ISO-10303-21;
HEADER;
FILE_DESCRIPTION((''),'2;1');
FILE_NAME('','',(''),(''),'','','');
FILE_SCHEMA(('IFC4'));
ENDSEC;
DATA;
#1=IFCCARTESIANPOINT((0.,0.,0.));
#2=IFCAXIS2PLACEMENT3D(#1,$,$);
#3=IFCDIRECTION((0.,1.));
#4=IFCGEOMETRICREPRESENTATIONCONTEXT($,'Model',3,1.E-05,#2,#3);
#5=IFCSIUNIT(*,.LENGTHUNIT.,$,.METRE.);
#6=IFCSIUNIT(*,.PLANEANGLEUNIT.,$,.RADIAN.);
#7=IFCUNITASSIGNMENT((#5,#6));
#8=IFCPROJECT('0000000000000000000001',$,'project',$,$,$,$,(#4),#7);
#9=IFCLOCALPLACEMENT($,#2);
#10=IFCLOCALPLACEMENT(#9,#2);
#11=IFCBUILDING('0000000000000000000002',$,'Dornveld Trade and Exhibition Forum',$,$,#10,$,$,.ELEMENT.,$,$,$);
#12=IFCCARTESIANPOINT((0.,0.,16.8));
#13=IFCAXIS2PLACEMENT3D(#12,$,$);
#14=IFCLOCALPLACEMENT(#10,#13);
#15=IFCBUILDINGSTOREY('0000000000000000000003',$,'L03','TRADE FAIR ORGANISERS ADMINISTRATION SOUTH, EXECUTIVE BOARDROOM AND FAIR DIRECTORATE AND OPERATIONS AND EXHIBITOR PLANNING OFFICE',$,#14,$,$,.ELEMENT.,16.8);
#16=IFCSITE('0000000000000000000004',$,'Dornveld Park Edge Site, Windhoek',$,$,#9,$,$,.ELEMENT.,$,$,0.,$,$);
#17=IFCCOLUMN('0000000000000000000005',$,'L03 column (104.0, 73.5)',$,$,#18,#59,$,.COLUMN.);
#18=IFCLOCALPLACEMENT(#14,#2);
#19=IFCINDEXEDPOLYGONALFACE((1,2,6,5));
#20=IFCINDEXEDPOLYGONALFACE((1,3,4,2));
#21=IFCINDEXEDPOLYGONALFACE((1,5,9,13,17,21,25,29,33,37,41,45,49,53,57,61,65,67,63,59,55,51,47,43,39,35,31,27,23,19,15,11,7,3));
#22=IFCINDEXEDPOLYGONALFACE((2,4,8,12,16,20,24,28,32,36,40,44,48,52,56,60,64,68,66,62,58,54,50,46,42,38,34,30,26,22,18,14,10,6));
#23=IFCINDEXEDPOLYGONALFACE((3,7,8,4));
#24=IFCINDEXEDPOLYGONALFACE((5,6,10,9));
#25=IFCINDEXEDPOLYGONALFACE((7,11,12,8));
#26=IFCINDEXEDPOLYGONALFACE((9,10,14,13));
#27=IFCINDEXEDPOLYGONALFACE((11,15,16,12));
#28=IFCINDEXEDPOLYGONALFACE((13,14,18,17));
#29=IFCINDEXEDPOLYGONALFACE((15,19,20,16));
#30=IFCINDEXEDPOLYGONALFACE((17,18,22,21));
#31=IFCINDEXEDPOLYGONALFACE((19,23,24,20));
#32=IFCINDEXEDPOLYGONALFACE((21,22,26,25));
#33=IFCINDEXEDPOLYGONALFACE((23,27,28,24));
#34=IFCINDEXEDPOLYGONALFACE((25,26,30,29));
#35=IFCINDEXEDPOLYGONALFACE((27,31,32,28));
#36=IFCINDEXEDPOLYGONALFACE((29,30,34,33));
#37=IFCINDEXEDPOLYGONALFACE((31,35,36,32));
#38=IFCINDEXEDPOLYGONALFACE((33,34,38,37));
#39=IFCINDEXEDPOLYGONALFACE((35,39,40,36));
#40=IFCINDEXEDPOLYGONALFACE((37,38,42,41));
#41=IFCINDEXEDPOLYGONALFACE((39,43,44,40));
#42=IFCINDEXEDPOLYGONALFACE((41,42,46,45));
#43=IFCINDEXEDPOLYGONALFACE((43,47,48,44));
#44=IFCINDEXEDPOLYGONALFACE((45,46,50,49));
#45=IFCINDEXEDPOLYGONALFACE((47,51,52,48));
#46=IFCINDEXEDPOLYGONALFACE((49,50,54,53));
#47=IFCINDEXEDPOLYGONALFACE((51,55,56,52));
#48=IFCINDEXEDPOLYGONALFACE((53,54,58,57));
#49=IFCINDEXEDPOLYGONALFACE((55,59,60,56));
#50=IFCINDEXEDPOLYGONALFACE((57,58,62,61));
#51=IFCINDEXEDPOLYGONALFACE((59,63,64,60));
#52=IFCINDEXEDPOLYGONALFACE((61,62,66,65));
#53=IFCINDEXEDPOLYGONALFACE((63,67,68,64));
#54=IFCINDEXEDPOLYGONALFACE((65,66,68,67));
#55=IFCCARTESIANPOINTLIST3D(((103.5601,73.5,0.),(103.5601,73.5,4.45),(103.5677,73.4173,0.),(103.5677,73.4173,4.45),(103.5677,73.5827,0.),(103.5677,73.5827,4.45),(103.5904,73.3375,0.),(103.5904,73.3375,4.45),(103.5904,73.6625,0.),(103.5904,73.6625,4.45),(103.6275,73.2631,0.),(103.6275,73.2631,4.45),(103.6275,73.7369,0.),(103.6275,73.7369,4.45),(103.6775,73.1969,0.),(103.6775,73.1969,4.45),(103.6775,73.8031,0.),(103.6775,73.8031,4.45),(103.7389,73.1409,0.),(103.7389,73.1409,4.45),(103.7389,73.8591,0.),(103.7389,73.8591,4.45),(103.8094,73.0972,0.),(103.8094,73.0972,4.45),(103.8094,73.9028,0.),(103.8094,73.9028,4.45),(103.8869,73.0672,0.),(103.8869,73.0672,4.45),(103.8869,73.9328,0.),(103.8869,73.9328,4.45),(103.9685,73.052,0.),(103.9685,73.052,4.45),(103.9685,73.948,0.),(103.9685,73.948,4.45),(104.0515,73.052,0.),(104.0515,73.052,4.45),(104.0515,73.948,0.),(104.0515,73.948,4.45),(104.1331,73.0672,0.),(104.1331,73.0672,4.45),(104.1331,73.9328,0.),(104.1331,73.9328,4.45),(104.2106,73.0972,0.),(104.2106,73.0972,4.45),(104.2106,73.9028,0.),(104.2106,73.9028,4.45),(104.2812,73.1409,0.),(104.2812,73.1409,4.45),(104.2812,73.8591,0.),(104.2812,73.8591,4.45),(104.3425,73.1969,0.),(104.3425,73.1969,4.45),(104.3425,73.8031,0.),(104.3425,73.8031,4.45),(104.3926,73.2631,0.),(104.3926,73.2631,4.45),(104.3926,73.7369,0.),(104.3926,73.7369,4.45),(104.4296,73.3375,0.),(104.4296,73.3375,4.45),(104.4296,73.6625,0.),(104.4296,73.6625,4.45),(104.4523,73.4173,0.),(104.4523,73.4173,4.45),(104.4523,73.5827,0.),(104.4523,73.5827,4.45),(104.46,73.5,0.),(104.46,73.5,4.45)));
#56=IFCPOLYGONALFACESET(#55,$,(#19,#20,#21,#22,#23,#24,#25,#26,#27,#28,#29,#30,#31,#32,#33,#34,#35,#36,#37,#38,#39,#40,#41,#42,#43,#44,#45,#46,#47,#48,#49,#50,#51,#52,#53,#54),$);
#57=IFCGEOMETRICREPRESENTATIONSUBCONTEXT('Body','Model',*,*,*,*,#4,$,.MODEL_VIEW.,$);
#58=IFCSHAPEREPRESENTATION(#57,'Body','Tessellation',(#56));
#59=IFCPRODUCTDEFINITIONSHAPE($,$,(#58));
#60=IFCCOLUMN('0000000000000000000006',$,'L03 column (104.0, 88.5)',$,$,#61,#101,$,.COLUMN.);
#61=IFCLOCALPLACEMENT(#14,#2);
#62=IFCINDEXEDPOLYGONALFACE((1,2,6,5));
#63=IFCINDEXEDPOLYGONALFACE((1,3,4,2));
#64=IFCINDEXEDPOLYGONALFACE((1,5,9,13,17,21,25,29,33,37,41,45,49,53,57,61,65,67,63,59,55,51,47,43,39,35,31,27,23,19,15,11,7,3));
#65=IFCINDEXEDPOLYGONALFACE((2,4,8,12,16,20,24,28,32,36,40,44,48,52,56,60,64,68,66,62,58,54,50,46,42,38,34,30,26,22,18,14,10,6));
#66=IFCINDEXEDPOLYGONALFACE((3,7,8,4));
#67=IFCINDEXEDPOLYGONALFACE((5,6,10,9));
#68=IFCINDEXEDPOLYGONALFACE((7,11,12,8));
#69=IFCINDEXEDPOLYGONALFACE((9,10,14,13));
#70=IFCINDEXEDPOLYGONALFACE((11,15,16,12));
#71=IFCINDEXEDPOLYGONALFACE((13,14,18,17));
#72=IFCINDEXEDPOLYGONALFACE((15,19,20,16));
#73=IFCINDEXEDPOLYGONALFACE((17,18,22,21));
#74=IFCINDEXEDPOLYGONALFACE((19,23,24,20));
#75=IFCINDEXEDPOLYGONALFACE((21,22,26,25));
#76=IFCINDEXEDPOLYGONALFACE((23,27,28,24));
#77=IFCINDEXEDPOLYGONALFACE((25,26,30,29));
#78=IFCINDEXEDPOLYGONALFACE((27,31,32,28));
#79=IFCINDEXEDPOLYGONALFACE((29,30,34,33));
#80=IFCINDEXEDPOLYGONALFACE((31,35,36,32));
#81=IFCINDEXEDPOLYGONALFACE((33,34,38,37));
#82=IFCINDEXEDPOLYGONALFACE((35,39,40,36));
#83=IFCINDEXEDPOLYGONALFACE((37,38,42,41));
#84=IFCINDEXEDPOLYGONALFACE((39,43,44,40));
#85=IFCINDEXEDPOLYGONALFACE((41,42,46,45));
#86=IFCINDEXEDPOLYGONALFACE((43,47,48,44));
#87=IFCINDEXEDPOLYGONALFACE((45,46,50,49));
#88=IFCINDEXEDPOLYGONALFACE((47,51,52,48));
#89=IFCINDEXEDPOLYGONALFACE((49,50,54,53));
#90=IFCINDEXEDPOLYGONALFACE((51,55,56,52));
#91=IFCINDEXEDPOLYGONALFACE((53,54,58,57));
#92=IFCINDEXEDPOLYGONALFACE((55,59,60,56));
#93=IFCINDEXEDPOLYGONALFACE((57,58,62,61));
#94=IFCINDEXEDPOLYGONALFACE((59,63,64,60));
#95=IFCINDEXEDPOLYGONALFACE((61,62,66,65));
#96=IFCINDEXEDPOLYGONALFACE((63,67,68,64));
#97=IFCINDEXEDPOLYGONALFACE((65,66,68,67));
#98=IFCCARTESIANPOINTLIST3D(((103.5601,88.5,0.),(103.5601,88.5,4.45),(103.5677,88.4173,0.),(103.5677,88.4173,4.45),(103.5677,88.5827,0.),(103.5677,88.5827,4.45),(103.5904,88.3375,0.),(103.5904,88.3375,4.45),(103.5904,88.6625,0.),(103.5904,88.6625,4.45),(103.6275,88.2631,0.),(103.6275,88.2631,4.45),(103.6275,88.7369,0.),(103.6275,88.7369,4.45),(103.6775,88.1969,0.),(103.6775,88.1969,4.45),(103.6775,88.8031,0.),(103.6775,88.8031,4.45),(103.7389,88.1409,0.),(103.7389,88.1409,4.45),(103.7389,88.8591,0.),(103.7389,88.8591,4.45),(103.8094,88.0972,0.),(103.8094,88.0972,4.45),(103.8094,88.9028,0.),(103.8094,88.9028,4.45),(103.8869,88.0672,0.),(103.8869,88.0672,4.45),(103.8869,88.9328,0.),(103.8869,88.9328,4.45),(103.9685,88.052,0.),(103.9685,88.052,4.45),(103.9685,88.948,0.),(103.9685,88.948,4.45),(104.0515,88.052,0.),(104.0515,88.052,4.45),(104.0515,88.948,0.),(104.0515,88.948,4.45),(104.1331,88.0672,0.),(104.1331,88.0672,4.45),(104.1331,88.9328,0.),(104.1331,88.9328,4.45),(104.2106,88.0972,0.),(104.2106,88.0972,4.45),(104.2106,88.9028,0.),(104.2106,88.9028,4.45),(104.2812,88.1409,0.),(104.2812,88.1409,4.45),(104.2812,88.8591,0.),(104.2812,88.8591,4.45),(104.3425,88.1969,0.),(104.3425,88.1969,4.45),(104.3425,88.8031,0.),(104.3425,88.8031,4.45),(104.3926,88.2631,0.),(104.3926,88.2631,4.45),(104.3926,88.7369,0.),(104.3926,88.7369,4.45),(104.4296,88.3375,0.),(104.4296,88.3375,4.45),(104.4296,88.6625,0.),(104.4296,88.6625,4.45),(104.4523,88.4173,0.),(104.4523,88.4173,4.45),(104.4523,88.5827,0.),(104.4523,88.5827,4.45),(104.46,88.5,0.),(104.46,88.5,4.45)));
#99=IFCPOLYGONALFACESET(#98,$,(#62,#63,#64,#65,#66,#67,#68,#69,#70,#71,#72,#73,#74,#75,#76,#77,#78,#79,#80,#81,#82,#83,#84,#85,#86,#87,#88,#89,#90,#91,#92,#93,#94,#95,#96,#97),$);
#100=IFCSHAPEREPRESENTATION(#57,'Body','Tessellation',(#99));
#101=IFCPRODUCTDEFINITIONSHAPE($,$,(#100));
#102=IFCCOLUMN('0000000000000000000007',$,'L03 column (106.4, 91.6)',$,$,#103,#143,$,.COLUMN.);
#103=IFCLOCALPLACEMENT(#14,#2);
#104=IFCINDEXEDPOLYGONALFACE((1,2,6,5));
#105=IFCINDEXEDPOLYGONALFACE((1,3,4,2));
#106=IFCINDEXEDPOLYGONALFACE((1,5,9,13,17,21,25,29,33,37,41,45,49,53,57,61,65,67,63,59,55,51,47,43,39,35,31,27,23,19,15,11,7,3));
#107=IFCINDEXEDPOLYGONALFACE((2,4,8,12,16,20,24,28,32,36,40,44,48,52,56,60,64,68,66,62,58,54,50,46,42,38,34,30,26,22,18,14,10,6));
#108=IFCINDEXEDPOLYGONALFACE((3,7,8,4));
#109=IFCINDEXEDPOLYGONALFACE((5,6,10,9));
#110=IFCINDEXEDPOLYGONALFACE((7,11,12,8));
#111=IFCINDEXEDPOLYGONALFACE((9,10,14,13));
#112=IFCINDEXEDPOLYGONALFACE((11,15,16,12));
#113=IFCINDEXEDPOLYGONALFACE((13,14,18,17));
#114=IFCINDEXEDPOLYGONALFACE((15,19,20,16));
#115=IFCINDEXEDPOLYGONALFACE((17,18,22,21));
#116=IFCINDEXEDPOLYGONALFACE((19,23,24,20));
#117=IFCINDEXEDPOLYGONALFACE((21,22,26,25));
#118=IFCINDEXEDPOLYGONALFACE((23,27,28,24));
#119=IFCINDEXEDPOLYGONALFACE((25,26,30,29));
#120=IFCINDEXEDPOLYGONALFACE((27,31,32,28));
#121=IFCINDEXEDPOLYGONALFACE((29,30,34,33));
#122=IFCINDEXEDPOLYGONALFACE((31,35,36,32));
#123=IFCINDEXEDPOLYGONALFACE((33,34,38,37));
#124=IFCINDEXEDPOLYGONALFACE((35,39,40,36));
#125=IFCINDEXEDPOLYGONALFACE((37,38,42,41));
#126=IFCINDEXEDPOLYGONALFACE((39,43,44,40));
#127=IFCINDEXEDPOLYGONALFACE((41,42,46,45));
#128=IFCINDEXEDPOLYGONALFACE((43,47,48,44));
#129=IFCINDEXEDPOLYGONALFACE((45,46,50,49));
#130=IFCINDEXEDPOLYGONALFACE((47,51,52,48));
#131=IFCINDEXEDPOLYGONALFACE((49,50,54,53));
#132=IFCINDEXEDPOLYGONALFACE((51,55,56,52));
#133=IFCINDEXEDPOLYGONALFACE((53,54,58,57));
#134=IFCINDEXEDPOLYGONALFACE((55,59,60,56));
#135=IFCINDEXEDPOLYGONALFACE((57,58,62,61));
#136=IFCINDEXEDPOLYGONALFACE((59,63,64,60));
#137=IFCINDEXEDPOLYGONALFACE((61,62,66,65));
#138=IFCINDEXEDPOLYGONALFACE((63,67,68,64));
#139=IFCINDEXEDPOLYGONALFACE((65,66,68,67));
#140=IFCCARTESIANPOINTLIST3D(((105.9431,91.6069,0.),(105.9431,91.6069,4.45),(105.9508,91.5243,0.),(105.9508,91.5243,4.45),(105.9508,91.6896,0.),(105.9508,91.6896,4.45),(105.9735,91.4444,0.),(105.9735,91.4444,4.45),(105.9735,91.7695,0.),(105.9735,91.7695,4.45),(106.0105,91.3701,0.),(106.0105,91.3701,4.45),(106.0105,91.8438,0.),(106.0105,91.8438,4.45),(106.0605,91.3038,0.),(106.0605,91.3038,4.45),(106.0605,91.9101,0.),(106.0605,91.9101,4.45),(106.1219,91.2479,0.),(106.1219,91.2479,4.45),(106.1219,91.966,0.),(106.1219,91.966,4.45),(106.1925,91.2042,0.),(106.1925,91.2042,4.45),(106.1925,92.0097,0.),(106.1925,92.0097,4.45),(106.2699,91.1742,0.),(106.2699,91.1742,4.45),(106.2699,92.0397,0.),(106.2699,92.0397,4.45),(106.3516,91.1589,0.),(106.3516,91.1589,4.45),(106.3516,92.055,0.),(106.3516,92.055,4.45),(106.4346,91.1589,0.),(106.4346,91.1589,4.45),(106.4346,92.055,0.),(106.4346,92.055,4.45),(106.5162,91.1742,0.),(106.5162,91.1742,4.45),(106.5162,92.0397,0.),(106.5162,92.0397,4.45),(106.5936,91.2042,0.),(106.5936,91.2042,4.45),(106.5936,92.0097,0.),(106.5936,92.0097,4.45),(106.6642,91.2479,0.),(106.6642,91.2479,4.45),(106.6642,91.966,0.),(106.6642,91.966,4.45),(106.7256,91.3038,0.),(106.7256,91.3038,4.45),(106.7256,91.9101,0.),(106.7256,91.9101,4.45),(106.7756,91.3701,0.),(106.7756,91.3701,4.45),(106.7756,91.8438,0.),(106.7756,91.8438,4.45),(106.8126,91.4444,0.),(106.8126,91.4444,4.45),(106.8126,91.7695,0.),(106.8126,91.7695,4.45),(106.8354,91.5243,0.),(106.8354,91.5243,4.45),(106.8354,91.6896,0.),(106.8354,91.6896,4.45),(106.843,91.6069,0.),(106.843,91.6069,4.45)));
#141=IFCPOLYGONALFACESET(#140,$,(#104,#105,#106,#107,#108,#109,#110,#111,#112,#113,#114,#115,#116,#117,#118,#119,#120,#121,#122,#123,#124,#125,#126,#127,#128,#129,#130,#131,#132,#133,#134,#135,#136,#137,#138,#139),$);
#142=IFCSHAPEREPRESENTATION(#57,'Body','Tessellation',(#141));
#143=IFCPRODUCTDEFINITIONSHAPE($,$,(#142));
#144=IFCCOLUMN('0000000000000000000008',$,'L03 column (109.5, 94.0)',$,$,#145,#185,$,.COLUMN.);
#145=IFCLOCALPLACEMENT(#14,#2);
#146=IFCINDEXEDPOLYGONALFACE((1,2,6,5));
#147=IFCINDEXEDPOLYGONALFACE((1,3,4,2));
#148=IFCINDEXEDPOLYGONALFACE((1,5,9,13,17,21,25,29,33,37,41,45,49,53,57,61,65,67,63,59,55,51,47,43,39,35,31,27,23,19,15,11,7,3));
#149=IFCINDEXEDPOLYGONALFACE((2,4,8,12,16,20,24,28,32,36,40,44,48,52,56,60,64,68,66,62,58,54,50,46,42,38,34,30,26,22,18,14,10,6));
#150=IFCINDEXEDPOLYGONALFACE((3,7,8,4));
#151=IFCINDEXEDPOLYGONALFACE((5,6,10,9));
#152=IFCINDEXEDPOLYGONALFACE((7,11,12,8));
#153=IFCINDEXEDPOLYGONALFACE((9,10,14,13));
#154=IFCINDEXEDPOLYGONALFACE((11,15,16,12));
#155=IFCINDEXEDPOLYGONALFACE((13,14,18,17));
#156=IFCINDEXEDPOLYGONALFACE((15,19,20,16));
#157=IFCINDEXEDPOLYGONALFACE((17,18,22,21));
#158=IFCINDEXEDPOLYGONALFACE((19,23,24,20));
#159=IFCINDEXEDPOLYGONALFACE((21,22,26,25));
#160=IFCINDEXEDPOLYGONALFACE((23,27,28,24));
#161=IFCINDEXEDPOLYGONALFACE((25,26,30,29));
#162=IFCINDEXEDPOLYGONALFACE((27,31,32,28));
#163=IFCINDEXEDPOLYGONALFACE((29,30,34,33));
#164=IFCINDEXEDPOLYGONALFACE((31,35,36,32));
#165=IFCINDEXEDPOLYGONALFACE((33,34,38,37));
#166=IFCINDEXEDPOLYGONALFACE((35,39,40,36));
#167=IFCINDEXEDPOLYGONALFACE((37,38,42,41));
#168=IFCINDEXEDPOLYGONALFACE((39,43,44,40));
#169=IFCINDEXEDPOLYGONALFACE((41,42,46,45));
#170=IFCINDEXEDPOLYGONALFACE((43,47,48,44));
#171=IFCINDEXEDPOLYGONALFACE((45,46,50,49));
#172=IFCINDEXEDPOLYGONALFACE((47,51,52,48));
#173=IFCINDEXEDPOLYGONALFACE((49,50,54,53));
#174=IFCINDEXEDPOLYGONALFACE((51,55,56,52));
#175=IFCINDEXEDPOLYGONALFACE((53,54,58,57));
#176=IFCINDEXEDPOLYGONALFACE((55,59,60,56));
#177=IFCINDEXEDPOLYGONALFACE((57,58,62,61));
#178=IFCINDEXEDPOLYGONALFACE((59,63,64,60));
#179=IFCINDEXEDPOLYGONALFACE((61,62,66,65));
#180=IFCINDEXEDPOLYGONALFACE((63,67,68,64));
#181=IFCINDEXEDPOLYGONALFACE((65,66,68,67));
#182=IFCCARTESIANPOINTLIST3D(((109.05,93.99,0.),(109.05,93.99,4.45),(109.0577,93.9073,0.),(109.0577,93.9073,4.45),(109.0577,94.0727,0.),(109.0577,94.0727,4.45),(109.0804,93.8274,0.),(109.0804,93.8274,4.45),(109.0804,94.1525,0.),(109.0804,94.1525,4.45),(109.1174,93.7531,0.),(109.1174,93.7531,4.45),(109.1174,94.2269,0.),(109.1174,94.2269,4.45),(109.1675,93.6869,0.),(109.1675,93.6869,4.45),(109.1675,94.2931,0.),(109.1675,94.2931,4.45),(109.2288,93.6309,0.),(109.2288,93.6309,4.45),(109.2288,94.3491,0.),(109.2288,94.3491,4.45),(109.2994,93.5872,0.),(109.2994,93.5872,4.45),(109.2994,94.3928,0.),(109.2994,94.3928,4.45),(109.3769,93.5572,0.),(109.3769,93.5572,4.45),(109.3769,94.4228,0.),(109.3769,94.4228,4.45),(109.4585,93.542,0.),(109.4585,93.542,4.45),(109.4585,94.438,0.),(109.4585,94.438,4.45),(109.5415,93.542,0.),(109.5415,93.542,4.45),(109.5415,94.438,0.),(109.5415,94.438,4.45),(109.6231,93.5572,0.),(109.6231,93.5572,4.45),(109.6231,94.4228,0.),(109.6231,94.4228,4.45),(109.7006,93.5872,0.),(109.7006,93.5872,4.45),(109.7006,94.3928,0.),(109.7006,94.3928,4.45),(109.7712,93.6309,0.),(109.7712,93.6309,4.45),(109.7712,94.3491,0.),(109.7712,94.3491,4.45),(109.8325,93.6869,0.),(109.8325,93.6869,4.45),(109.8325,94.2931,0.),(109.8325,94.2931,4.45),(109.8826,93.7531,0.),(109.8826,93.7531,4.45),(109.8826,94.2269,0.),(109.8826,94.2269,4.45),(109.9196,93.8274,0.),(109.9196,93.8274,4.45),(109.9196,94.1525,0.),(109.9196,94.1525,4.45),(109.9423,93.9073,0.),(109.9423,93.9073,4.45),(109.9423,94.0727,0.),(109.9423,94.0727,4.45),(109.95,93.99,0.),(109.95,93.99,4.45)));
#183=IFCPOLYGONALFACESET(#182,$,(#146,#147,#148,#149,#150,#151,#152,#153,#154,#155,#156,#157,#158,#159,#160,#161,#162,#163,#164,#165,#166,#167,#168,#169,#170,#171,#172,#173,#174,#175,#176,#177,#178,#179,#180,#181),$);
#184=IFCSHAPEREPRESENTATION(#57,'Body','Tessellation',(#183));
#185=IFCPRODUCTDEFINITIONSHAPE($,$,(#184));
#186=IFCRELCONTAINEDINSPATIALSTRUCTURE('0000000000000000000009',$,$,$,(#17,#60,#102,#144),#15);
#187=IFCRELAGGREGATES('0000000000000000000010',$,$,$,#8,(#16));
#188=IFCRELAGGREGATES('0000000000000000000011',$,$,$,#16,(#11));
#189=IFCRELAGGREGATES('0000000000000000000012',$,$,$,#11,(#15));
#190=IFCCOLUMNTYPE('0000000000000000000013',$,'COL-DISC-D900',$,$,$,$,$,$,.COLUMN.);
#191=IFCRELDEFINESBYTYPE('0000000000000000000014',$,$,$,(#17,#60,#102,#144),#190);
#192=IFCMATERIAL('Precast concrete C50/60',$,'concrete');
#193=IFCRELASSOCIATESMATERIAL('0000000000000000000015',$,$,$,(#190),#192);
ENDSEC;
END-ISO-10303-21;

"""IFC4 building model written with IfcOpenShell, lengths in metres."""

from ifc_helpers import new_model, si_unit, direction, frame, origin, origin_2d, place, context, subcontext, project, spatial, circle, extrude, material, material_profile, profile_set, type_object, element, save


model = new_model("IFC4")

# Units and contexts
model_context = context("Model", 3, precision=1e-05, world=origin(), true_north=direction((0.0, 1.0)))
body_context = subcontext(model_context, "Body", "Model", "MODEL_VIEW")
ifc_project = project(units=[si_unit("LENGTHUNIT", "METRE"), si_unit("PLANEANGLEUNIT", "RADIAN")], contexts=[model_context])

# Site, building, storey
site_placement = place(None, origin())
site = spatial("IfcSite", under=ifc_project, at=site_placement, Name="Dornveld Park Edge Site, Windhoek", CompositionType="ELEMENT", RefElevation=0.0)
building_placement = place(site_placement, origin())
building = spatial("IfcBuilding", under=site, at=building_placement, Name="Dornveld Trade and Exhibition Forum", CompositionType="ELEMENT")
storey_placement = place(building_placement, frame((0.0, 0.0, 16.8)))
storey = spatial("IfcBuildingStorey", under=building, at=storey_placement, Name="L03", Description="TRADE FAIR ORGANISERS ADMINISTRATION SOUTH, EXECUTIVE BOARDROOM AND FAIR DIRECTORATE AND OPERATIONS AND EXHIBITOR PLANNING OFFICE", CompositionType="ELEMENT", Elevation=16.8)

# Columns
ifc_material_1 = material(Name="Precast concrete C50/60", Category="concrete")
ifc_material_profile_1 = material_profile(ifc_material_1, circle(Radius=0.45, at=origin_2d()), Name="PC-COL D900")
ifc_profile_set_1 = profile_set([ifc_material_profile_1], Name="Precast concrete C50/60")
column_type_1 = type_object("IfcColumnType", Name="COL-DISC-D900", PredefinedType="COLUMN", material=ifc_profile_set_1)
for number, where, z_axis, x_axis, name in (
    (1, (104.01, 73.5, 0.0), (0.0, 0.0, 1.0), (1.0, 0.0, 0.0), "L03 column (104.0, 73.5)"),
    (2, (104.01, 88.5, 0.0), (0.0, 0.0, 1.0), (1.0, 0.0, 0.0), "L03 column (104.0, 88.5)"),
    (3, (106.3931, 91.6069, 0.0), (0.0, 0.0, 1.0), (1.0, 0.0, 0.0), "L03 column (106.4, 91.6)"),
    (4, (109.5, 93.99, 0.0), (0.0, 0.0, 1.0), (1.0, 0.0, 0.0), "L03 column (109.5, 94.0)"),
):
    element("IfcColumn", number, at=place(storey_placement, frame(where, z_axis=z_axis, x_axis=x_axis)), inside=storey, type_object=column_type_1, Name=name, PredefinedType="COLUMN", context=body_context, shape_type="SweptSolid", body=[
        extrude(circle(Radius=0.45, at=origin_2d()), origin(), (0.0, 0.0, 1.0), 4.45),
    ])

save(model, "model.ifc")
